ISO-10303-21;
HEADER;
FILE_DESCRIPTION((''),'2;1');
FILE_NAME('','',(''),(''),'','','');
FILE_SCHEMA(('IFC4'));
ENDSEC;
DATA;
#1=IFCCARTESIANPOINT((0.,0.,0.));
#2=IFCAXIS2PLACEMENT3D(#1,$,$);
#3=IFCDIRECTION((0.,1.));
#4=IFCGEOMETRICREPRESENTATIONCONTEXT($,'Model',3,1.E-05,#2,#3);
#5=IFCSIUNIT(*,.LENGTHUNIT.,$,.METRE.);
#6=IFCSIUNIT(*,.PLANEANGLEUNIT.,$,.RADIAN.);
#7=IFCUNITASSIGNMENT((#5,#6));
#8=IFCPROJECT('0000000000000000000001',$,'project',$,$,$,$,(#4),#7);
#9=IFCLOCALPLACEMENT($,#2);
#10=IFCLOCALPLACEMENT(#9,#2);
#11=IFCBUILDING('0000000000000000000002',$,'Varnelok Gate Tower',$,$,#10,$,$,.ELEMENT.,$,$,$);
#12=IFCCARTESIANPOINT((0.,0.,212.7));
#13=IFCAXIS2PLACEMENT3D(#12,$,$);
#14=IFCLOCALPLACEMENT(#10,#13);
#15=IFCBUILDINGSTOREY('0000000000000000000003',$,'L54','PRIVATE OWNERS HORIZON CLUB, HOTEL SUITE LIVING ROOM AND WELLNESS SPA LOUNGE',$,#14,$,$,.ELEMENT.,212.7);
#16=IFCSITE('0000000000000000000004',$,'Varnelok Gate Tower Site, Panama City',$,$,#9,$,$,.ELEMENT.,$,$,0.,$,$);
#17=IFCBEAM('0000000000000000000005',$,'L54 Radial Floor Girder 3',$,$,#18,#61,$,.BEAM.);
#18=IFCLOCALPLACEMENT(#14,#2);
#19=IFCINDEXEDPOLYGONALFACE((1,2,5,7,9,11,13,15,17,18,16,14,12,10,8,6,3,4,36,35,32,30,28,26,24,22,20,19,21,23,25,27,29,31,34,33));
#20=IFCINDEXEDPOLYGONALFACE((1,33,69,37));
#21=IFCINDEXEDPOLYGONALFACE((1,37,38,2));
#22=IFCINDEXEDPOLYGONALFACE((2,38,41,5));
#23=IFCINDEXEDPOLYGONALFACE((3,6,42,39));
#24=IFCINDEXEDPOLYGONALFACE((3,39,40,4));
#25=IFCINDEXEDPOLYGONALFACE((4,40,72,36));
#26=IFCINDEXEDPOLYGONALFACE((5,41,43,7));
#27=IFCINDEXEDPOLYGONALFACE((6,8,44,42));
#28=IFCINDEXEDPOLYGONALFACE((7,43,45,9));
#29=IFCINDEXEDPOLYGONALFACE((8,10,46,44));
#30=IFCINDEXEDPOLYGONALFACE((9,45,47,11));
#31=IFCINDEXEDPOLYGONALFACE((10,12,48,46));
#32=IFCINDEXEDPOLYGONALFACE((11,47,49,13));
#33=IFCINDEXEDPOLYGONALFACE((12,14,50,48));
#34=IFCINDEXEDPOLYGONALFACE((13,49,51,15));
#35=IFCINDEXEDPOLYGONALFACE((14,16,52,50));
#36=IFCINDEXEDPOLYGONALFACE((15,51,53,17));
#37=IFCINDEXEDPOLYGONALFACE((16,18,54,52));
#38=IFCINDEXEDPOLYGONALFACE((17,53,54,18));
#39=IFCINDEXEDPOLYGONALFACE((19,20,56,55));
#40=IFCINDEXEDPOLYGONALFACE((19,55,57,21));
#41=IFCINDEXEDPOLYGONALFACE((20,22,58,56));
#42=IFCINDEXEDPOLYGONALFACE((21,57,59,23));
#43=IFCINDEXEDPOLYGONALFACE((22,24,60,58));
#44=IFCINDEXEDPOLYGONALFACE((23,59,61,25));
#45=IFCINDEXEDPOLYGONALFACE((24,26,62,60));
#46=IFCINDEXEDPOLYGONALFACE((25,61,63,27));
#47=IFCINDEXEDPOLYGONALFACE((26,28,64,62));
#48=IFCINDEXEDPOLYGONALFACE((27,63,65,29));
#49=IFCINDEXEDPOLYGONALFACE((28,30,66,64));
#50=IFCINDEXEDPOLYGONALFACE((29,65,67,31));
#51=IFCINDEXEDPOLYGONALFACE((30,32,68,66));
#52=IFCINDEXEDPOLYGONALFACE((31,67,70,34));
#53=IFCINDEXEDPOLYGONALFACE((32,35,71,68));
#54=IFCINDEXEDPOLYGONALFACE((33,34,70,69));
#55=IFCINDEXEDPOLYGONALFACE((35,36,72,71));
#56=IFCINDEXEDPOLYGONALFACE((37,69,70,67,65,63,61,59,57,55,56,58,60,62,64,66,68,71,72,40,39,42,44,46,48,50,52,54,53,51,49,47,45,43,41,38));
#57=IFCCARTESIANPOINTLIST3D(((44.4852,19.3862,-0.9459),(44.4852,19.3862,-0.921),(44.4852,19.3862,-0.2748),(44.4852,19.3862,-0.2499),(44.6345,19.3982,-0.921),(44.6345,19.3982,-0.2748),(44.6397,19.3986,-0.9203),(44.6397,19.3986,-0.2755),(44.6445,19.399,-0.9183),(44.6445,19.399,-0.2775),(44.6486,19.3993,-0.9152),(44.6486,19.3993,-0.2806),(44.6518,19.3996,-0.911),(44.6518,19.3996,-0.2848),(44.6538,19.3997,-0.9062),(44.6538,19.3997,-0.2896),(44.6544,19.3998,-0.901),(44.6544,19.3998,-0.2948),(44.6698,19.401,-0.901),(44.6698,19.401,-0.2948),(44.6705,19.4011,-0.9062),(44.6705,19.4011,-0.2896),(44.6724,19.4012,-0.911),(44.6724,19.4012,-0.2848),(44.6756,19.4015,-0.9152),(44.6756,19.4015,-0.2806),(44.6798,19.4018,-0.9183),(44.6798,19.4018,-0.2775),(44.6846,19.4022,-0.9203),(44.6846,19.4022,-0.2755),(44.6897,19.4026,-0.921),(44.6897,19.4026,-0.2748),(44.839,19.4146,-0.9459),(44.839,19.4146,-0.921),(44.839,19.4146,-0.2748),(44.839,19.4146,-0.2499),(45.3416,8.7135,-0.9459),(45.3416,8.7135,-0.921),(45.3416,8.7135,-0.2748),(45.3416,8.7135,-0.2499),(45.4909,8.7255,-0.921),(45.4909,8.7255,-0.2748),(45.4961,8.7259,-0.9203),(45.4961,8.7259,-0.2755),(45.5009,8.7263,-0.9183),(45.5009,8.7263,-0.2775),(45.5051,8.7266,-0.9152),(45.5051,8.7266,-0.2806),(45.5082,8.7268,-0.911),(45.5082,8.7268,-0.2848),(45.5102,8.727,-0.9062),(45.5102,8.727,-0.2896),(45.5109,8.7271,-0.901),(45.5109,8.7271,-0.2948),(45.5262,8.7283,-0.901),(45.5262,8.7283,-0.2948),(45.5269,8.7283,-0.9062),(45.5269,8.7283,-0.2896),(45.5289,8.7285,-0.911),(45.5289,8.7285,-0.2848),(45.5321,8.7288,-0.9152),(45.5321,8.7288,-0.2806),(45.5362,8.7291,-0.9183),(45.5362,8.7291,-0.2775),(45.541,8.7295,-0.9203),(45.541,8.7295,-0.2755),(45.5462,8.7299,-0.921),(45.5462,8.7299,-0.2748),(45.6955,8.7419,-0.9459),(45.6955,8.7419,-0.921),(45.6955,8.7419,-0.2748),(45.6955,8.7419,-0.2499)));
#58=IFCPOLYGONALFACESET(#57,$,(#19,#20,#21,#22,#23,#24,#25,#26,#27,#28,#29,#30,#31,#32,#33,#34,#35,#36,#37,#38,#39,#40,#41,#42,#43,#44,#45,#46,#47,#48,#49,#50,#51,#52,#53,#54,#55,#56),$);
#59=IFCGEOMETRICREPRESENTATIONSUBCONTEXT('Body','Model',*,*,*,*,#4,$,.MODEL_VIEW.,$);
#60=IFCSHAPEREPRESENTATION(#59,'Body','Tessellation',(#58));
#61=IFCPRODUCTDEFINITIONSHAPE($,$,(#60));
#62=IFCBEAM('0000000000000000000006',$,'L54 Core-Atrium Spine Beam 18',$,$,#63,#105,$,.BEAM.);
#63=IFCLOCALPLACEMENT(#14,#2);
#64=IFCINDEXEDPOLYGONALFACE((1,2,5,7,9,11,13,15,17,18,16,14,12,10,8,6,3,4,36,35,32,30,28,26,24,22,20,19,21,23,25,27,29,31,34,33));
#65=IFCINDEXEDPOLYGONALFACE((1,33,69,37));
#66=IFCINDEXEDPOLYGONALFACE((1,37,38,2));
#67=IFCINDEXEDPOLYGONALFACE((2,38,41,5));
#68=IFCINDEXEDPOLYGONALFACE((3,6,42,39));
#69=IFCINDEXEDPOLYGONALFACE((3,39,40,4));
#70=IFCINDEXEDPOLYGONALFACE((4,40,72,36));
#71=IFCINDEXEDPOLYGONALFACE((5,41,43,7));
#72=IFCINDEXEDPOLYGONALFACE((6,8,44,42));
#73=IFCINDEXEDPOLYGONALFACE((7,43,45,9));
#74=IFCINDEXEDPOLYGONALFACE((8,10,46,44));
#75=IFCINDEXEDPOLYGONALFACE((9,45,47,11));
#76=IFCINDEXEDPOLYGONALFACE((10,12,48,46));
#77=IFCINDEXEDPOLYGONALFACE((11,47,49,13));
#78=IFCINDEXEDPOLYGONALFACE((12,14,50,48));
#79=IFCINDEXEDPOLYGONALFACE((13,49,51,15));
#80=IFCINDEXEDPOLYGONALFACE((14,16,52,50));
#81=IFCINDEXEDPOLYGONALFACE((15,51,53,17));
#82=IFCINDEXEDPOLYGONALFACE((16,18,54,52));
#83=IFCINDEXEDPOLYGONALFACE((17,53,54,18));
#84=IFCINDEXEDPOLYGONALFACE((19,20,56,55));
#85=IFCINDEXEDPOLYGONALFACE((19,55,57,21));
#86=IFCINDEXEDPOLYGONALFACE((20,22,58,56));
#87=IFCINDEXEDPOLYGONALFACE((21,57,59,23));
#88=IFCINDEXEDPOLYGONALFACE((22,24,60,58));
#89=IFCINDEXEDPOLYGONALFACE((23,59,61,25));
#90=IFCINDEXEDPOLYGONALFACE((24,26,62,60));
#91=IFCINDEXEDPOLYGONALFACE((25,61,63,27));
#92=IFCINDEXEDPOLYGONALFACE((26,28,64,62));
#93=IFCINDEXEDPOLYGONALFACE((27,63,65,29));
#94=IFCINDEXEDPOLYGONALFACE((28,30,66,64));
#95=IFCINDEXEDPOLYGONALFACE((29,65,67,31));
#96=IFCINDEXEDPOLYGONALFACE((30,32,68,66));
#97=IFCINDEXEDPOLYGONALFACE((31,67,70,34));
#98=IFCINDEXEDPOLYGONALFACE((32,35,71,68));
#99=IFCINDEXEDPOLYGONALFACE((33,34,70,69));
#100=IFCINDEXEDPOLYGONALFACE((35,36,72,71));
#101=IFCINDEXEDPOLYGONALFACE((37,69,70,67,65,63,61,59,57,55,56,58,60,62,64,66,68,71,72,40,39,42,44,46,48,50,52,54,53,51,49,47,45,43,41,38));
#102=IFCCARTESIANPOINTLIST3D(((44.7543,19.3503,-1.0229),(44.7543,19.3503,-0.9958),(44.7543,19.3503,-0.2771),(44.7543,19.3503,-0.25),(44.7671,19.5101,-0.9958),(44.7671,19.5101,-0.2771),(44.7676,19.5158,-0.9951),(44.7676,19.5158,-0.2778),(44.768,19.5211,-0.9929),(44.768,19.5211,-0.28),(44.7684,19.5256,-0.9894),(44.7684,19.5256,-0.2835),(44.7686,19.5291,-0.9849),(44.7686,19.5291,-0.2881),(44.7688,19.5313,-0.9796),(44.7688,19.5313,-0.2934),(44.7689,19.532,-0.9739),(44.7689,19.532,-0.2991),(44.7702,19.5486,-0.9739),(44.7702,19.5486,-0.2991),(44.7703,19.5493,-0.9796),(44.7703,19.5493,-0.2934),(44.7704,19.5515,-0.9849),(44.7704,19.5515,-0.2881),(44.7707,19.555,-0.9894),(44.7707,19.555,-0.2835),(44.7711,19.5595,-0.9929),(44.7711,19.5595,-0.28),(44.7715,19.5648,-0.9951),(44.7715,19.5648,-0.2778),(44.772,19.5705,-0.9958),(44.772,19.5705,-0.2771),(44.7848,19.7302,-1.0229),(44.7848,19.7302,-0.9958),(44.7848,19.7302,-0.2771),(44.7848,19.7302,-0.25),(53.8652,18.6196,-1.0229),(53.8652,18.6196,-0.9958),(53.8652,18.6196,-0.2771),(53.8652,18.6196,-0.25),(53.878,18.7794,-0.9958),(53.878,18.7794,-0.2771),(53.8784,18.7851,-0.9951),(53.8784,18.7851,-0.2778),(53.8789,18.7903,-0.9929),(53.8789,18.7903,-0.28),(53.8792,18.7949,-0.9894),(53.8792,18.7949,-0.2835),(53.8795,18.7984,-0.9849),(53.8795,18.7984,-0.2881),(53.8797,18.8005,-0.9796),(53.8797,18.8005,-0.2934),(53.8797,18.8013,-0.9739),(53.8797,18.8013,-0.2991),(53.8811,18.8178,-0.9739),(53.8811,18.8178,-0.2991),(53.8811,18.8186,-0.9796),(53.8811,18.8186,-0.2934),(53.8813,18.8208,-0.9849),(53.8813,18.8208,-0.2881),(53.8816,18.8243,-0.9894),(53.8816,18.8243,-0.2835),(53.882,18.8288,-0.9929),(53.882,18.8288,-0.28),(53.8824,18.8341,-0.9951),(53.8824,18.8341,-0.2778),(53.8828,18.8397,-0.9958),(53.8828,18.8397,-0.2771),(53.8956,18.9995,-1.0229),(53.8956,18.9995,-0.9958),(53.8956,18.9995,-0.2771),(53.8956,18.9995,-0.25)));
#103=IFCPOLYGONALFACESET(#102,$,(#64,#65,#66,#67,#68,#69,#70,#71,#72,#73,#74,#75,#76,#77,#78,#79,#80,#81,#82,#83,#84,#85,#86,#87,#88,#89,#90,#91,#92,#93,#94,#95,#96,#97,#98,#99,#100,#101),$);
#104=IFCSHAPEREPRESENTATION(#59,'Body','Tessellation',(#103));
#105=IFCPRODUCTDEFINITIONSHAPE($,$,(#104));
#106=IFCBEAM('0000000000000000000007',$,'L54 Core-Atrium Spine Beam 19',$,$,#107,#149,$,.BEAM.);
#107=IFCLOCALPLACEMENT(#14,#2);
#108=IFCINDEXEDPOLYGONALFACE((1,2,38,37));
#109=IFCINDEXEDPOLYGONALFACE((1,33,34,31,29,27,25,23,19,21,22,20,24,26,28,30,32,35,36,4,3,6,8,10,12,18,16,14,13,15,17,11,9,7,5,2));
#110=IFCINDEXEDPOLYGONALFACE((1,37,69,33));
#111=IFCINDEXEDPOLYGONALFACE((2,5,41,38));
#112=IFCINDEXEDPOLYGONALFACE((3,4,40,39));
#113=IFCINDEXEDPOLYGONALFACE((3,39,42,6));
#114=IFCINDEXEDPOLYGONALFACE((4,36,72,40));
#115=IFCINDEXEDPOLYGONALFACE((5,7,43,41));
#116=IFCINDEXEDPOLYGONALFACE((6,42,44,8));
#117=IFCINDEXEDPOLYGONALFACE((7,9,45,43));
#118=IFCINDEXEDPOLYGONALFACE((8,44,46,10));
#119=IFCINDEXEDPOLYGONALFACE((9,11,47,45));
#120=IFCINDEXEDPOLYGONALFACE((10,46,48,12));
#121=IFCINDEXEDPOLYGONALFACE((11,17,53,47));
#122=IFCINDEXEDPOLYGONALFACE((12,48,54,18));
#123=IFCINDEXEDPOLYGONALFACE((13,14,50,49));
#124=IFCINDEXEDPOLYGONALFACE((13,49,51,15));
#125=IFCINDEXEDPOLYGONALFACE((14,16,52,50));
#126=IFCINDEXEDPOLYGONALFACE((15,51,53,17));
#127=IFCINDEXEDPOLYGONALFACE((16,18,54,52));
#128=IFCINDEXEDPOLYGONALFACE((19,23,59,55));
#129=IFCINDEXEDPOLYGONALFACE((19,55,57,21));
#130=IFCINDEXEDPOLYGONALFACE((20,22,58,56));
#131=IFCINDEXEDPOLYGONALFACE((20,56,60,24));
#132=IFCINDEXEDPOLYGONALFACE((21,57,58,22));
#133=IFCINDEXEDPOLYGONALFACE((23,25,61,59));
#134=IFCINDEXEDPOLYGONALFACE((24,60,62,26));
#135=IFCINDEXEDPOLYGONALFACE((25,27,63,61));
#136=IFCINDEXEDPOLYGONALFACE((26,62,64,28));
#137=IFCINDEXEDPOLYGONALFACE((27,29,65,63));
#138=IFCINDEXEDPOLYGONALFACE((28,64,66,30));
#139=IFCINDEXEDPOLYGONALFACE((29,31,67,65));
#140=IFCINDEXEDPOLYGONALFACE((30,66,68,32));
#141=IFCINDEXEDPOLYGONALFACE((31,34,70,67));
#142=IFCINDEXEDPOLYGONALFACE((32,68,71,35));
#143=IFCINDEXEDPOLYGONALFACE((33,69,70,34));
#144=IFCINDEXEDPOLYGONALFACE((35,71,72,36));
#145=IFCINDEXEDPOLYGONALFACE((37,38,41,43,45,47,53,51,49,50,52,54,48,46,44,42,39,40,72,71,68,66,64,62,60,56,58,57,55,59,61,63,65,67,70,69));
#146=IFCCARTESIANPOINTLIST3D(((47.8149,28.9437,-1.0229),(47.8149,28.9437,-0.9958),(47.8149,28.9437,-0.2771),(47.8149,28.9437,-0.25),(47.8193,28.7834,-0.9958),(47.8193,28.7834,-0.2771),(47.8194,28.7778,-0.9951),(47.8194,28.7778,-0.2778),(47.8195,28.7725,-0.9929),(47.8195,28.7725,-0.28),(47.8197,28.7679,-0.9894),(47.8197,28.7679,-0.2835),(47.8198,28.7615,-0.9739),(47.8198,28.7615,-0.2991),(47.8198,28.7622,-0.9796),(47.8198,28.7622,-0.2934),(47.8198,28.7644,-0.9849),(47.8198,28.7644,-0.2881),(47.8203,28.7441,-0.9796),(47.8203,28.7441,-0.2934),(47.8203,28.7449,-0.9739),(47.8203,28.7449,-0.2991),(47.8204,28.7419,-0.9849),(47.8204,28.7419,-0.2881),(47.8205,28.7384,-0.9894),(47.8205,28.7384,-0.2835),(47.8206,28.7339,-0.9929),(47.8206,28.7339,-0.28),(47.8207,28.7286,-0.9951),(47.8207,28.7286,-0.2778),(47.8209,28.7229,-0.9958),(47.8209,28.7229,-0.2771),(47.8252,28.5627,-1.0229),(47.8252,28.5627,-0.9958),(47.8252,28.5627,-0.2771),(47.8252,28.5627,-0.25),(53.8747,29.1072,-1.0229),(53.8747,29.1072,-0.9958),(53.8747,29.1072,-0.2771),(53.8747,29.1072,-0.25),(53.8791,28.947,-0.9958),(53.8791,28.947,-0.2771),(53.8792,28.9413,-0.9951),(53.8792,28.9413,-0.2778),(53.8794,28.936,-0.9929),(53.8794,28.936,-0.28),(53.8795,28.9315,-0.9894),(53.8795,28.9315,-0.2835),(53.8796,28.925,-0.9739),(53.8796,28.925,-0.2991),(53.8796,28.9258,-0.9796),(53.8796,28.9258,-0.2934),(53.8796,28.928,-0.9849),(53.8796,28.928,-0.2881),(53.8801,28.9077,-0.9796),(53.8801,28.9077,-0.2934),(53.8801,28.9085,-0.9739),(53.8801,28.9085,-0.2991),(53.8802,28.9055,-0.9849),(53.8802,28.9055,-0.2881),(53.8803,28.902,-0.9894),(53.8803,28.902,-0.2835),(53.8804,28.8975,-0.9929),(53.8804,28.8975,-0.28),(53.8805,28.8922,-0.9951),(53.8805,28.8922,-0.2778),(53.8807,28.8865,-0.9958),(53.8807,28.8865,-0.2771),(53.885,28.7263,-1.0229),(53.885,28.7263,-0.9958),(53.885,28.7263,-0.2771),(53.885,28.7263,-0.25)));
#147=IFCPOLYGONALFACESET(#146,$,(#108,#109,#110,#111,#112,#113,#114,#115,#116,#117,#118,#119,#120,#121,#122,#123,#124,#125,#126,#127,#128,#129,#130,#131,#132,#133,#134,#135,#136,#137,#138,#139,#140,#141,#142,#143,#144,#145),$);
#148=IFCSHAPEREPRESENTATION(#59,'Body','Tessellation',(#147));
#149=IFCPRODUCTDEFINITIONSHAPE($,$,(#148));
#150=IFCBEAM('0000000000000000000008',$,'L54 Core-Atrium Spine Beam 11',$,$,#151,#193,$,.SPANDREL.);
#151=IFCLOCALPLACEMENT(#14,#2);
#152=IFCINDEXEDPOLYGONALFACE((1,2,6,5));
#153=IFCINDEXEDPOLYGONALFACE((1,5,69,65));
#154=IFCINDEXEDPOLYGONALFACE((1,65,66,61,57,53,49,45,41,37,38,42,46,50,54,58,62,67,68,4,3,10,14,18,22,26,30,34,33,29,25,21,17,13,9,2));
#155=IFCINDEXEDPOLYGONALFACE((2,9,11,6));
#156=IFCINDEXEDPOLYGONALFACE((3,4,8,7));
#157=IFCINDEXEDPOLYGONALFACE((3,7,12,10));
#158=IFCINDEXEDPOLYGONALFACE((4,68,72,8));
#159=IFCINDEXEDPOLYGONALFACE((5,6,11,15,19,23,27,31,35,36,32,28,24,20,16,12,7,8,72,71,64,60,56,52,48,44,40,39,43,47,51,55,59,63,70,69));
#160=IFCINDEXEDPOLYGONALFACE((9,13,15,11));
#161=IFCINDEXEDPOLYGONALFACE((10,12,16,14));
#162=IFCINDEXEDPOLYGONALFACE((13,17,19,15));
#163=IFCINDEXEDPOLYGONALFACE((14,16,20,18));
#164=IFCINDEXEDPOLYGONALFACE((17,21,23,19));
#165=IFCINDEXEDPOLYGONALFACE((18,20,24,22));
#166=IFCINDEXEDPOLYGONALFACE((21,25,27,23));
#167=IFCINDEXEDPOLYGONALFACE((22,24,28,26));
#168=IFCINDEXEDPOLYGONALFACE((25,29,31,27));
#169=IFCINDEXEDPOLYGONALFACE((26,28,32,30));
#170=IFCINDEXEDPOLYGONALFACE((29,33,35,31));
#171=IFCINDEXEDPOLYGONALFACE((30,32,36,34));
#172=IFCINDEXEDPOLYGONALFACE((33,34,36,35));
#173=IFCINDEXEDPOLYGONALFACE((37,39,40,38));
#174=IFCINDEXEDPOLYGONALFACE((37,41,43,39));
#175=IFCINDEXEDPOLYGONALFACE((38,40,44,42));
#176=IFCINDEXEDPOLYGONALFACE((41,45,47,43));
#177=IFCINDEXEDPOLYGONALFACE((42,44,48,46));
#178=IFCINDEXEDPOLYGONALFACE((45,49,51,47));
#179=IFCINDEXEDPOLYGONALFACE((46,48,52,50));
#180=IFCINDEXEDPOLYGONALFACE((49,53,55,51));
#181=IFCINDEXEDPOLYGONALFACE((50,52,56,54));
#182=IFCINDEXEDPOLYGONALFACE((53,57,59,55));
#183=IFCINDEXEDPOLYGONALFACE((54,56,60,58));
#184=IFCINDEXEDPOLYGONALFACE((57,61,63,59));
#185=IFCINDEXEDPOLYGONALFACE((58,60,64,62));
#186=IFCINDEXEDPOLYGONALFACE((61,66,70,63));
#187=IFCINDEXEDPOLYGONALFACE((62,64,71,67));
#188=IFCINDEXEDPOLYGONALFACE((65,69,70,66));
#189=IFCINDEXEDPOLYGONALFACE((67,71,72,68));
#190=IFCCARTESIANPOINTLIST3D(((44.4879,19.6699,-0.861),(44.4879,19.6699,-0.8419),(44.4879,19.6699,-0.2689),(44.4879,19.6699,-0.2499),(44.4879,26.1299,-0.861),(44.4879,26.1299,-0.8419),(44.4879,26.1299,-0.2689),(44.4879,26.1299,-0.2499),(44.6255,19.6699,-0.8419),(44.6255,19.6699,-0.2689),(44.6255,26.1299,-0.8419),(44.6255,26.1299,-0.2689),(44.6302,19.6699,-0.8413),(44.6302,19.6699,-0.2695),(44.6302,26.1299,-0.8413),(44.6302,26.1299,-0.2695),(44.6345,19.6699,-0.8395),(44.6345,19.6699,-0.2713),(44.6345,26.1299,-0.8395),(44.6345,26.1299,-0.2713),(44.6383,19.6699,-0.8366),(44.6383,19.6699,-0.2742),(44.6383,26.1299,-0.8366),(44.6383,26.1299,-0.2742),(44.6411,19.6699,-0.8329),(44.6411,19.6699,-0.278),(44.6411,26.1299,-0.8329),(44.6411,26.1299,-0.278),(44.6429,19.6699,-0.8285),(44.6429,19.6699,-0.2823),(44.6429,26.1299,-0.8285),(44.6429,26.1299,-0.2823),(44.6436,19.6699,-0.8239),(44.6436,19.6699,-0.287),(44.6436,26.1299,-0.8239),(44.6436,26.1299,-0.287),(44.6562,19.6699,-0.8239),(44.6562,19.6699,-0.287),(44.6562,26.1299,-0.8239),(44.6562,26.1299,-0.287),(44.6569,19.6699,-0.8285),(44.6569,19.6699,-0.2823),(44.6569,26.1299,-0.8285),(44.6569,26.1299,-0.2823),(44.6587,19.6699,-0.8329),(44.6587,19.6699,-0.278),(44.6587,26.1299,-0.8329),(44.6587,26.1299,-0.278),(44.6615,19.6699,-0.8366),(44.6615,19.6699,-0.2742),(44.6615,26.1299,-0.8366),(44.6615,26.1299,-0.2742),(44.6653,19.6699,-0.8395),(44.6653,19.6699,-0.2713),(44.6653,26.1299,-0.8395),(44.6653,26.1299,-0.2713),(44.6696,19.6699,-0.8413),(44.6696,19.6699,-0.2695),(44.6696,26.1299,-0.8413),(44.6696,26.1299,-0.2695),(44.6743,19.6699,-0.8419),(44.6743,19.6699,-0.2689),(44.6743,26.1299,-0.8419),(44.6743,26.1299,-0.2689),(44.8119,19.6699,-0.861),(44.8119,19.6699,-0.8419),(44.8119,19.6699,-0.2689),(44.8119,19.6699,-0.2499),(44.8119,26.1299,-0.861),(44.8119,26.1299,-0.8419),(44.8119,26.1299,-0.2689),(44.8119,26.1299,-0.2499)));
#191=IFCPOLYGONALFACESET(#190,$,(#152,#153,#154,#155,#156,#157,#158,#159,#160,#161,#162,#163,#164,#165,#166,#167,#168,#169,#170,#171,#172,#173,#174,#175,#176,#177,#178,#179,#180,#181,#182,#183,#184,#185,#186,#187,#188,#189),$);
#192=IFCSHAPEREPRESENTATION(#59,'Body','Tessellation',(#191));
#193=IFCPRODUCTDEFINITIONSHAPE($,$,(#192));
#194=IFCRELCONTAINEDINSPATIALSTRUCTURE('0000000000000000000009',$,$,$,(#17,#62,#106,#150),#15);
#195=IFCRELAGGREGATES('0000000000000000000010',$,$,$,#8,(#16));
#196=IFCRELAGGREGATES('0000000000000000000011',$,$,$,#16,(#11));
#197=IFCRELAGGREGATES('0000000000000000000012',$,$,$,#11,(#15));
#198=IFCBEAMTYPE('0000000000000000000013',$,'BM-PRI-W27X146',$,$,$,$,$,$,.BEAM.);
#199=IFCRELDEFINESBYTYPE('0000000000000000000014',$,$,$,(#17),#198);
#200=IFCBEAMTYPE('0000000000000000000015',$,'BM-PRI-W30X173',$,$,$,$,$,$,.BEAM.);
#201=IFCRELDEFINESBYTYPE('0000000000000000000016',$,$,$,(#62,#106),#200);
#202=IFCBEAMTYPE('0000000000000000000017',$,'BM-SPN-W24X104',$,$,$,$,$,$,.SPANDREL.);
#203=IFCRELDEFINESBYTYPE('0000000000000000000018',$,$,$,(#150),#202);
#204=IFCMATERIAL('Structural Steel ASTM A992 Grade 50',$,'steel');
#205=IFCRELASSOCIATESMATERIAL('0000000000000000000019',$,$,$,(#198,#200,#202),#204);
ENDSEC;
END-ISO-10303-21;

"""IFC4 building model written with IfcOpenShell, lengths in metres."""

from ifc_helpers import new_model, si_unit, direction, frame, origin, origin_2d, place, context, subcontext, project, spatial, i_section, extrude, material, material_profile, profile_set, type_object, element, save


model = new_model("IFC4")

# Units and contexts
model_context = context("Model", 3, precision=1e-05, world=origin(), true_north=direction((0.0, 1.0)))
body_context = subcontext(model_context, "Body", "Model", "MODEL_VIEW")
ifc_project = project(units=[si_unit("LENGTHUNIT", "METRE"), si_unit("PLANEANGLEUNIT", "RADIAN")], contexts=[model_context])

# Site, building, storey
site_placement = place(None, origin())
site = spatial("IfcSite", under=ifc_project, at=site_placement, Name="Varnelok Gate Tower Site, Panama City", CompositionType="ELEMENT", RefElevation=0.0)
building_placement = place(site_placement, origin())
building = spatial("IfcBuilding", under=site, at=building_placement, Name="Varnelok Gate Tower", CompositionType="ELEMENT")
storey_placement = place(building_placement, frame((0.0, 0.0, 212.7)))
storey = spatial("IfcBuildingStorey", under=building, at=storey_placement, Name="L54", Description="PRIVATE OWNERS HORIZON CLUB, HOTEL SUITE LIVING ROOM AND WELLNESS SPA LOUNGE", CompositionType="ELEMENT", Elevation=212.7)

# Shared definitions
ifc_material_1 = material(Name="Structural Steel ASTM A992 Grade 50", Category="steel")

# Beams
ifc_material_profile_1 = material_profile(ifc_material_1, i_section(OverallWidth=0.355, OverallDepth=0.696, WebThickness=0.0154, FlangeThickness=0.0249, FilletRadius=0.02, at=origin_2d()), Name="W27X146")
ifc_profile_set_1 = profile_set([ifc_material_profile_1], Name="Structural Steel ASTM A992 Grade 50")
beam_type_1 = type_object("IfcBeamType", Name="BM-PRI-W27X146", PredefinedType="BEAM", material=ifc_profile_set_1)
beam_1_placement = place(storey_placement, frame((44.6621, 19.4004, -0.5979), z_axis=(0.07999, -0.996796, 0.0), x_axis=(0.996796, 0.07999, 0.0)))
element("IfcBeam", 1, at=beam_1_placement, inside=storey, type_object=beam_type_1, Name="L54 Radial Floor Girder 3", PredefinedType="BEAM", context=body_context, shape_type="SweptSolid", body=[
    extrude(i_section(OverallWidth=0.355, OverallDepth=0.696, WebThickness=0.0154, FlangeThickness=0.0249, FilletRadius=0.02, at=origin_2d()), origin(), (0.0, 0.0, 1.0), 10.707),
])
ifc_material_profile_2 = material_profile(ifc_material_1, i_section(OverallWidth=0.3811, OverallDepth=0.7729, WebThickness=0.0166, FlangeThickness=0.0271, FilletRadius=0.022, at=origin_2d()), Name="W30X173")
ifc_profile_set_2 = profile_set([ifc_material_profile_2], Name="Structural Steel ASTM A992 Grade 50")
beam_type_2 = type_object("IfcBeamType", Name="BM-PRI-W30X173", PredefinedType="BEAM", material=ifc_profile_set_2)
beam_2_placement = place(storey_placement, frame((44.7695, 19.5403, -0.6365), z_axis=(0.996799, -0.079946, 0.0), x_axis=(0.079946, 0.996799, 0.0)))
element("IfcBeam", 2, at=beam_2_placement, inside=storey, type_object=beam_type_2, Name="L54 Core-Atrium Spine Beam 18", PredefinedType="BEAM", context=body_context, shape_type="SweptSolid", body=[
    extrude(i_section(OverallWidth=0.3811, OverallDepth=0.7729, WebThickness=0.0166, FlangeThickness=0.0271, FilletRadius=0.022, at=origin_2d()), origin(), (0.0, 0.0, 1.0), 9.1401),
])
beam_3_placement = place(storey_placement, frame((47.8201, 28.7532, -0.6365), z_axis=(0.999636, 0.026983, 0.0), x_axis=(-0.026983, 0.999636, 0.0)))
element("IfcBeam", 3, at=beam_3_placement, inside=storey, type_object=beam_type_2, Name="L54 Core-Atrium Spine Beam 19", PredefinedType="BEAM", context=body_context, shape_type="SweptSolid", body=[
    extrude(i_section(OverallWidth=0.3811, OverallDepth=0.7729, WebThickness=0.0166, FlangeThickness=0.0271, FilletRadius=0.022, at=origin_2d()), origin(), (0.0, 0.0, 1.0), 6.062),
])
ifc_material_profile_3 = material_profile(ifc_material_1, i_section(OverallWidth=0.324, OverallDepth=0.6111, WebThickness=0.0127, FlangeThickness=0.019, FilletRadius=0.0181, at=origin_2d()), Name="W24X104")
ifc_profile_set_3 = profile_set([ifc_material_profile_3], Name="Structural Steel ASTM A992 Grade 50")
beam_type_3 = type_object("IfcBeamType", Name="BM-SPN-W24X104", PredefinedType="SPANDREL", material=ifc_profile_set_3)
beam_4_placement = place(storey_placement, frame((44.6499, 19.6699, -0.5554), z_axis=(0.0, 1.0, 0.0), x_axis=(-1.0, 0.0, 0.0)))
element("IfcBeam", 4, at=beam_4_placement, inside=storey, type_object=beam_type_3, Name="L54 Core-Atrium Spine Beam 11", PredefinedType="SPANDREL", context=body_context, shape_type="SweptSolid", body=[
    extrude(i_section(OverallWidth=0.324, OverallDepth=0.6111, WebThickness=0.0127, FlangeThickness=0.019, FilletRadius=0.0181, at=origin_2d()), origin(), (0.0, 0.0, 1.0), 6.46),
])

save(model, "model.ifc")
